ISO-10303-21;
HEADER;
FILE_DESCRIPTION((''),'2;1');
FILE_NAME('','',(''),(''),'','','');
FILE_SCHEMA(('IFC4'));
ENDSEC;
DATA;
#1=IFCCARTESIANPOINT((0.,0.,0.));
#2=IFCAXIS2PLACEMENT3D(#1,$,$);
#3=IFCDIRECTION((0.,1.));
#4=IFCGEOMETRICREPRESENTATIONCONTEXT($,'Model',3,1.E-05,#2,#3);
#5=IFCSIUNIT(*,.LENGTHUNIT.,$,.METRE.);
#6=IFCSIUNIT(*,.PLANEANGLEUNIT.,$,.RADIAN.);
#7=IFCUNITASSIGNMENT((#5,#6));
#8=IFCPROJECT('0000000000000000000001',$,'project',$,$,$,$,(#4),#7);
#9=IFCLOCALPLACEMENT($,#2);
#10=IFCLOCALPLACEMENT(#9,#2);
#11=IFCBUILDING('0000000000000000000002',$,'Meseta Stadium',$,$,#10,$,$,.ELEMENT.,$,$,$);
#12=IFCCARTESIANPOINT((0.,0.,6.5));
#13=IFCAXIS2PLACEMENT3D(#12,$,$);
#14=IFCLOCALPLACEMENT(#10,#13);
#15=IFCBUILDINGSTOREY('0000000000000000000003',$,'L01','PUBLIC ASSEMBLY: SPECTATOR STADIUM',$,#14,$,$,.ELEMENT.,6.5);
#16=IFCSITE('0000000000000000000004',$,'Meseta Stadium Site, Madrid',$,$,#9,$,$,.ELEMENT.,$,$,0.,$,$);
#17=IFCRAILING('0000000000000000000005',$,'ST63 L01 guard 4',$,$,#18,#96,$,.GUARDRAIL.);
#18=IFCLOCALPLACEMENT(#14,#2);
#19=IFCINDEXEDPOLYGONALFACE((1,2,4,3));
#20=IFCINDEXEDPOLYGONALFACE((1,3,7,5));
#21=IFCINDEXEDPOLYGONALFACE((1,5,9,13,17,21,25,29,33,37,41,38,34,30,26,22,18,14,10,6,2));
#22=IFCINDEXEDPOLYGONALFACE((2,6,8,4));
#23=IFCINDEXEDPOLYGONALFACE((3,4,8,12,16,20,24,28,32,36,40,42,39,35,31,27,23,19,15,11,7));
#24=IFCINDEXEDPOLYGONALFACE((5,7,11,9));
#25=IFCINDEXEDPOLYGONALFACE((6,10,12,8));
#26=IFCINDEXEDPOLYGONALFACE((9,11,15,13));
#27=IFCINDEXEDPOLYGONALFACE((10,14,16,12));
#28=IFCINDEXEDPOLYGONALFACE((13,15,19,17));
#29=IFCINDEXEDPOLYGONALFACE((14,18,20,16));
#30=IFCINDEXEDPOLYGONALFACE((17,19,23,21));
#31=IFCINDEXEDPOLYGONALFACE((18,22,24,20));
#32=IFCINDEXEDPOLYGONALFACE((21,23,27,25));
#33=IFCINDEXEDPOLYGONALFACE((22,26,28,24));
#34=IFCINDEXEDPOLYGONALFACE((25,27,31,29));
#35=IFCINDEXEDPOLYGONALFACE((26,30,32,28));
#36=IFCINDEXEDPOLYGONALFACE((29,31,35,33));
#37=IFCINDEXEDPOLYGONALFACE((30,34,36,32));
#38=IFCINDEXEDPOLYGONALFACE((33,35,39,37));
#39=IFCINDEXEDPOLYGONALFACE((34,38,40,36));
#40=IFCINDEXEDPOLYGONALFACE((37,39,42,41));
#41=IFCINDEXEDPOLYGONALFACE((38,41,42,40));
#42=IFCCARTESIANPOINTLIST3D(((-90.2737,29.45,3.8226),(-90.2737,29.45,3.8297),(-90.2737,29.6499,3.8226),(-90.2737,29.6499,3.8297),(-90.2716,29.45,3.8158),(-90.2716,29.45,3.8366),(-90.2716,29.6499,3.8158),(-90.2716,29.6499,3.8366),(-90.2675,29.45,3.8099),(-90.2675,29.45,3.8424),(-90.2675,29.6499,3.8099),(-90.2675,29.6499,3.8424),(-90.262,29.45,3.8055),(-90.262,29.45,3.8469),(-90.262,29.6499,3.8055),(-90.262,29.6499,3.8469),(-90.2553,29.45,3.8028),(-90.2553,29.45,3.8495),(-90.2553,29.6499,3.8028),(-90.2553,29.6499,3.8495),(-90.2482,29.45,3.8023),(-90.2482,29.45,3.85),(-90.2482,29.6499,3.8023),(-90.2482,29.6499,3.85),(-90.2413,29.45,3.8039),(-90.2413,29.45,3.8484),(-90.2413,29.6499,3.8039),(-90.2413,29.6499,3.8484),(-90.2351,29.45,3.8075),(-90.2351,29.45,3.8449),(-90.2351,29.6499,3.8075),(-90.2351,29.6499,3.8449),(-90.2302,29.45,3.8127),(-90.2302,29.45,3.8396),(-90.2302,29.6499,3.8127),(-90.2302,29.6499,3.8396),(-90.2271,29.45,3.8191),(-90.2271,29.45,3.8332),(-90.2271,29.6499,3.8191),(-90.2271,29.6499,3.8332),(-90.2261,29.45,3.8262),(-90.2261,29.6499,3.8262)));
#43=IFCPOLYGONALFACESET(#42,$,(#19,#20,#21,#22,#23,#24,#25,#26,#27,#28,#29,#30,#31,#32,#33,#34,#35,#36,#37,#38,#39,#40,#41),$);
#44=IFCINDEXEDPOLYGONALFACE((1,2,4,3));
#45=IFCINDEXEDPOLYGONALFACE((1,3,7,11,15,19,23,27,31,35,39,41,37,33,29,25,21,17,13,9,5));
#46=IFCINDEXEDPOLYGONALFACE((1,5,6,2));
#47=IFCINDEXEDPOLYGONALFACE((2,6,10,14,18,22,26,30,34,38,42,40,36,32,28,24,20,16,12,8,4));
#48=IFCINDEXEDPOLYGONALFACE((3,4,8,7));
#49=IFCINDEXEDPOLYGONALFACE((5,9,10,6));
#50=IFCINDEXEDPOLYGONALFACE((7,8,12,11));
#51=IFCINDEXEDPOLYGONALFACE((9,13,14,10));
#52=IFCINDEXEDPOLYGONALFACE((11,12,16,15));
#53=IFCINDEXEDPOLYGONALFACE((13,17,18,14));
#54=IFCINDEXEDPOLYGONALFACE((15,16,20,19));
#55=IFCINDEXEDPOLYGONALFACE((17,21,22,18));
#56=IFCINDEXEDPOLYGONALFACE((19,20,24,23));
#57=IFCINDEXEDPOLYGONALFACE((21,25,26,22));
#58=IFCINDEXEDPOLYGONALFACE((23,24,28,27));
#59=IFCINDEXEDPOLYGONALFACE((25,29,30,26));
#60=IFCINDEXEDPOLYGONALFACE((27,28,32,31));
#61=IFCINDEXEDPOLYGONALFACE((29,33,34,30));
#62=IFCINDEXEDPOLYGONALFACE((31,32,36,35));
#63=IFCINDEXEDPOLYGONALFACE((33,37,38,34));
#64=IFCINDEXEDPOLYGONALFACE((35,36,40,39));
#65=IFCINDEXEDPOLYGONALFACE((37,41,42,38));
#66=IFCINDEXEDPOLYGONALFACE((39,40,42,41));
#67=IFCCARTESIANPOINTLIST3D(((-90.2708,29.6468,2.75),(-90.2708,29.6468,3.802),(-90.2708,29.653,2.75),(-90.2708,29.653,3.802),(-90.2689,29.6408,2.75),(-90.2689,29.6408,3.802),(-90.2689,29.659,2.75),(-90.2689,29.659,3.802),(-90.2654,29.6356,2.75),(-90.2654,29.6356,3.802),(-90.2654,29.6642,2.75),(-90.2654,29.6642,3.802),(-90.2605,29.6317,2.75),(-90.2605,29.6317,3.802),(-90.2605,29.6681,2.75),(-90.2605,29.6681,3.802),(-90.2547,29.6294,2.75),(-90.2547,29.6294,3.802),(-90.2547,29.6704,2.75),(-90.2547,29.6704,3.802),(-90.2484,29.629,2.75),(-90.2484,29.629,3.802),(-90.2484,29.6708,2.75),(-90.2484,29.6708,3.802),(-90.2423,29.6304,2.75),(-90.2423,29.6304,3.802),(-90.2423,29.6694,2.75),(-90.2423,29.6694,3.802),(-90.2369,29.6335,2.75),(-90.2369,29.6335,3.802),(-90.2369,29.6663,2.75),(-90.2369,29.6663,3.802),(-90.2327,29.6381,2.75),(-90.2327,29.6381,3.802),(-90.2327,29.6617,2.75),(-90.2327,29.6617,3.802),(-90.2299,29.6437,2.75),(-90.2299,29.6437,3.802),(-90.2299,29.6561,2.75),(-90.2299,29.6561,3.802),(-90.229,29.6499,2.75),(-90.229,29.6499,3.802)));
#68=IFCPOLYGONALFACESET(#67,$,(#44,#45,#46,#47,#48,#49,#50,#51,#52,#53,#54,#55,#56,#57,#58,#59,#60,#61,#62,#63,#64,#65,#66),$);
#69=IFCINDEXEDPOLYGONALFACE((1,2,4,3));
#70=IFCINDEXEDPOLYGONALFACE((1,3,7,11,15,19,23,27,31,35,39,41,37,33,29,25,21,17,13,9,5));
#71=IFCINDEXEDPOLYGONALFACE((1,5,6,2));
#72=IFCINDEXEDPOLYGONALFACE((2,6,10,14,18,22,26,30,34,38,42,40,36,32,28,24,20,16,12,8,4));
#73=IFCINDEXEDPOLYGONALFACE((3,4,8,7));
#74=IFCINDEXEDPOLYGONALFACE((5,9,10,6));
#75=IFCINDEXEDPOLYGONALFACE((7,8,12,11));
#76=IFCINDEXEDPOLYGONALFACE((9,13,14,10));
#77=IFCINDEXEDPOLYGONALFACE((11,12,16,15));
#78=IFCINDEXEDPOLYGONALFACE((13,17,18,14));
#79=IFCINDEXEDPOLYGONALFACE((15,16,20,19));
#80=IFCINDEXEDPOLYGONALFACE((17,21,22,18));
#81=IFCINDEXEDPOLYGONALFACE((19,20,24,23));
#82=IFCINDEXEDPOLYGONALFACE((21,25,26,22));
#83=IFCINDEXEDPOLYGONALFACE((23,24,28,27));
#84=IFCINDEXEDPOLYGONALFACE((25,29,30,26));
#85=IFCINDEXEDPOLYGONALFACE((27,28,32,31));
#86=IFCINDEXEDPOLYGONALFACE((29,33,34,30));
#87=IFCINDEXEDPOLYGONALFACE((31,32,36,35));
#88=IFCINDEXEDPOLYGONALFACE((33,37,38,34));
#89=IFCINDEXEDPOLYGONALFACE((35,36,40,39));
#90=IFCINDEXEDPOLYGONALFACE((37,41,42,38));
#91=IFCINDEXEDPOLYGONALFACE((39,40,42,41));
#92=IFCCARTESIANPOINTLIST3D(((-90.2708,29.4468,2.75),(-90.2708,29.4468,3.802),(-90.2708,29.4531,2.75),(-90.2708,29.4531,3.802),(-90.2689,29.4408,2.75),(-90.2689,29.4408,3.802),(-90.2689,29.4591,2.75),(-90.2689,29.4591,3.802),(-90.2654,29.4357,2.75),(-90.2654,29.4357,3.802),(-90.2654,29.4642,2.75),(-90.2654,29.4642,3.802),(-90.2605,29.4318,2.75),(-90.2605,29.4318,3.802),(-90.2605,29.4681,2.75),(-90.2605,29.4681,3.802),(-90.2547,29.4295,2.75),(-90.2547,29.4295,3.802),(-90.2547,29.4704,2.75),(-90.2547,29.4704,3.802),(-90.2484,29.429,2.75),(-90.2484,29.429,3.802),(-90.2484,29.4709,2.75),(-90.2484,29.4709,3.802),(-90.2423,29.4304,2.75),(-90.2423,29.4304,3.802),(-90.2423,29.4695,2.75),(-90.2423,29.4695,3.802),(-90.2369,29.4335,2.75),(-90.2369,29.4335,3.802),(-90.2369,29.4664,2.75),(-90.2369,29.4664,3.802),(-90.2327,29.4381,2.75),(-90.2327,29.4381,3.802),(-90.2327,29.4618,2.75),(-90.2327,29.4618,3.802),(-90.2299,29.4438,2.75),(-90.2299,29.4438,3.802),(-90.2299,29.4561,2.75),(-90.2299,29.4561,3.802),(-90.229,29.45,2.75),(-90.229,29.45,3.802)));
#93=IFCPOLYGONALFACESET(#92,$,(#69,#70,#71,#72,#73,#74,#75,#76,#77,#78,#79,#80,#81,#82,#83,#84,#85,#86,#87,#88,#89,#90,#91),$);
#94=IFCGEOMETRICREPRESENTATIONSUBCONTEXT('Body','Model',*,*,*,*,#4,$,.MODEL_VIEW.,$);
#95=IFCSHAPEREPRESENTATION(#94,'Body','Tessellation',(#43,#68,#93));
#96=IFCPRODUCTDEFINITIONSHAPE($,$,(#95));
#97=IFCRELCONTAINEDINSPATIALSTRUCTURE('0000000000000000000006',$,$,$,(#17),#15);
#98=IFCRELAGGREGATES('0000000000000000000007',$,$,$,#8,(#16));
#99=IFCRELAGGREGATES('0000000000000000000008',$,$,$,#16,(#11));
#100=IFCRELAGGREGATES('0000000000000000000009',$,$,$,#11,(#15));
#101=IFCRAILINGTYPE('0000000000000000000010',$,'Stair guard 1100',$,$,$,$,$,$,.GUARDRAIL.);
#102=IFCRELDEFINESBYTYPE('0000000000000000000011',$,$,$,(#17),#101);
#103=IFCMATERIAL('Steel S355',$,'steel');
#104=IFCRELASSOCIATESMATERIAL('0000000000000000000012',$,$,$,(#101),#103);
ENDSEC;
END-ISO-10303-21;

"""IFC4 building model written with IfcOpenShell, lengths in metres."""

from ifc_helpers import new_model, si_unit, direction, frame, origin, origin_2d, place, context, subcontext, project, spatial, circle, extrude, material, type_object, element, save


model = new_model("IFC4")

# Units and contexts
model_context = context("Model", 3, precision=1e-05, world=origin(), true_north=direction((0.0, 1.0)))
body_context = subcontext(model_context, "Body", "Model", "MODEL_VIEW")
ifc_project = project(units=[si_unit("LENGTHUNIT", "METRE"), si_unit("PLANEANGLEUNIT", "RADIAN")], contexts=[model_context])

# Site, building, storey
site_placement = place(None, origin())
site = spatial("IfcSite", under=ifc_project, at=site_placement, Name="Meseta Stadium Site, Madrid", CompositionType="ELEMENT", RefElevation=0.0)
building_placement = place(site_placement, origin())
building = spatial("IfcBuilding", under=site, at=building_placement, Name="Meseta Stadium", CompositionType="ELEMENT")
storey_placement = place(building_placement, frame((0.0, 0.0, 6.5)))
storey = spatial("IfcBuildingStorey", under=building, at=storey_placement, Name="L01", Description="PUBLIC ASSEMBLY: SPECTATOR STADIUM", CompositionType="ELEMENT", Elevation=6.5)

# Railing
ifc_material_1 = material(Name="Steel S355", Category="steel")
railing_type_1 = type_object("IfcRailingType", Name="Stair guard 1100", PredefinedType="GUARDRAIL", material=ifc_material_1)
railing_1_placement = place(storey_placement, frame((-90.25, 29.6499, 2.75)))
element("IfcRailing", 1, at=railing_1_placement, inside=storey, type_object=railing_type_1, Name="ST63 L01 guard 4", PredefinedType="GUARDRAIL", context=body_context, shape_type="SweptSolid", body=[
    extrude(circle(Radius=0.0239, at=origin_2d()), frame((0.0, 0.0, 1.0762), z_axis=(0.0, -1.0, 0.0), x_axis=(1.0, 0.0, 0.0)), (0.0, 0.0, 1.0), 0.2),
    extrude(circle(Radius=0.021, at=origin_2d()), origin(), (0.0, 0.0, 1.0), 1.052),
    extrude(circle(Radius=0.021, at=origin_2d()), frame((0.0, -0.2, 0.0)), (0.0, 0.0, 1.0), 1.052),
])

save(model, "model.ifc")
